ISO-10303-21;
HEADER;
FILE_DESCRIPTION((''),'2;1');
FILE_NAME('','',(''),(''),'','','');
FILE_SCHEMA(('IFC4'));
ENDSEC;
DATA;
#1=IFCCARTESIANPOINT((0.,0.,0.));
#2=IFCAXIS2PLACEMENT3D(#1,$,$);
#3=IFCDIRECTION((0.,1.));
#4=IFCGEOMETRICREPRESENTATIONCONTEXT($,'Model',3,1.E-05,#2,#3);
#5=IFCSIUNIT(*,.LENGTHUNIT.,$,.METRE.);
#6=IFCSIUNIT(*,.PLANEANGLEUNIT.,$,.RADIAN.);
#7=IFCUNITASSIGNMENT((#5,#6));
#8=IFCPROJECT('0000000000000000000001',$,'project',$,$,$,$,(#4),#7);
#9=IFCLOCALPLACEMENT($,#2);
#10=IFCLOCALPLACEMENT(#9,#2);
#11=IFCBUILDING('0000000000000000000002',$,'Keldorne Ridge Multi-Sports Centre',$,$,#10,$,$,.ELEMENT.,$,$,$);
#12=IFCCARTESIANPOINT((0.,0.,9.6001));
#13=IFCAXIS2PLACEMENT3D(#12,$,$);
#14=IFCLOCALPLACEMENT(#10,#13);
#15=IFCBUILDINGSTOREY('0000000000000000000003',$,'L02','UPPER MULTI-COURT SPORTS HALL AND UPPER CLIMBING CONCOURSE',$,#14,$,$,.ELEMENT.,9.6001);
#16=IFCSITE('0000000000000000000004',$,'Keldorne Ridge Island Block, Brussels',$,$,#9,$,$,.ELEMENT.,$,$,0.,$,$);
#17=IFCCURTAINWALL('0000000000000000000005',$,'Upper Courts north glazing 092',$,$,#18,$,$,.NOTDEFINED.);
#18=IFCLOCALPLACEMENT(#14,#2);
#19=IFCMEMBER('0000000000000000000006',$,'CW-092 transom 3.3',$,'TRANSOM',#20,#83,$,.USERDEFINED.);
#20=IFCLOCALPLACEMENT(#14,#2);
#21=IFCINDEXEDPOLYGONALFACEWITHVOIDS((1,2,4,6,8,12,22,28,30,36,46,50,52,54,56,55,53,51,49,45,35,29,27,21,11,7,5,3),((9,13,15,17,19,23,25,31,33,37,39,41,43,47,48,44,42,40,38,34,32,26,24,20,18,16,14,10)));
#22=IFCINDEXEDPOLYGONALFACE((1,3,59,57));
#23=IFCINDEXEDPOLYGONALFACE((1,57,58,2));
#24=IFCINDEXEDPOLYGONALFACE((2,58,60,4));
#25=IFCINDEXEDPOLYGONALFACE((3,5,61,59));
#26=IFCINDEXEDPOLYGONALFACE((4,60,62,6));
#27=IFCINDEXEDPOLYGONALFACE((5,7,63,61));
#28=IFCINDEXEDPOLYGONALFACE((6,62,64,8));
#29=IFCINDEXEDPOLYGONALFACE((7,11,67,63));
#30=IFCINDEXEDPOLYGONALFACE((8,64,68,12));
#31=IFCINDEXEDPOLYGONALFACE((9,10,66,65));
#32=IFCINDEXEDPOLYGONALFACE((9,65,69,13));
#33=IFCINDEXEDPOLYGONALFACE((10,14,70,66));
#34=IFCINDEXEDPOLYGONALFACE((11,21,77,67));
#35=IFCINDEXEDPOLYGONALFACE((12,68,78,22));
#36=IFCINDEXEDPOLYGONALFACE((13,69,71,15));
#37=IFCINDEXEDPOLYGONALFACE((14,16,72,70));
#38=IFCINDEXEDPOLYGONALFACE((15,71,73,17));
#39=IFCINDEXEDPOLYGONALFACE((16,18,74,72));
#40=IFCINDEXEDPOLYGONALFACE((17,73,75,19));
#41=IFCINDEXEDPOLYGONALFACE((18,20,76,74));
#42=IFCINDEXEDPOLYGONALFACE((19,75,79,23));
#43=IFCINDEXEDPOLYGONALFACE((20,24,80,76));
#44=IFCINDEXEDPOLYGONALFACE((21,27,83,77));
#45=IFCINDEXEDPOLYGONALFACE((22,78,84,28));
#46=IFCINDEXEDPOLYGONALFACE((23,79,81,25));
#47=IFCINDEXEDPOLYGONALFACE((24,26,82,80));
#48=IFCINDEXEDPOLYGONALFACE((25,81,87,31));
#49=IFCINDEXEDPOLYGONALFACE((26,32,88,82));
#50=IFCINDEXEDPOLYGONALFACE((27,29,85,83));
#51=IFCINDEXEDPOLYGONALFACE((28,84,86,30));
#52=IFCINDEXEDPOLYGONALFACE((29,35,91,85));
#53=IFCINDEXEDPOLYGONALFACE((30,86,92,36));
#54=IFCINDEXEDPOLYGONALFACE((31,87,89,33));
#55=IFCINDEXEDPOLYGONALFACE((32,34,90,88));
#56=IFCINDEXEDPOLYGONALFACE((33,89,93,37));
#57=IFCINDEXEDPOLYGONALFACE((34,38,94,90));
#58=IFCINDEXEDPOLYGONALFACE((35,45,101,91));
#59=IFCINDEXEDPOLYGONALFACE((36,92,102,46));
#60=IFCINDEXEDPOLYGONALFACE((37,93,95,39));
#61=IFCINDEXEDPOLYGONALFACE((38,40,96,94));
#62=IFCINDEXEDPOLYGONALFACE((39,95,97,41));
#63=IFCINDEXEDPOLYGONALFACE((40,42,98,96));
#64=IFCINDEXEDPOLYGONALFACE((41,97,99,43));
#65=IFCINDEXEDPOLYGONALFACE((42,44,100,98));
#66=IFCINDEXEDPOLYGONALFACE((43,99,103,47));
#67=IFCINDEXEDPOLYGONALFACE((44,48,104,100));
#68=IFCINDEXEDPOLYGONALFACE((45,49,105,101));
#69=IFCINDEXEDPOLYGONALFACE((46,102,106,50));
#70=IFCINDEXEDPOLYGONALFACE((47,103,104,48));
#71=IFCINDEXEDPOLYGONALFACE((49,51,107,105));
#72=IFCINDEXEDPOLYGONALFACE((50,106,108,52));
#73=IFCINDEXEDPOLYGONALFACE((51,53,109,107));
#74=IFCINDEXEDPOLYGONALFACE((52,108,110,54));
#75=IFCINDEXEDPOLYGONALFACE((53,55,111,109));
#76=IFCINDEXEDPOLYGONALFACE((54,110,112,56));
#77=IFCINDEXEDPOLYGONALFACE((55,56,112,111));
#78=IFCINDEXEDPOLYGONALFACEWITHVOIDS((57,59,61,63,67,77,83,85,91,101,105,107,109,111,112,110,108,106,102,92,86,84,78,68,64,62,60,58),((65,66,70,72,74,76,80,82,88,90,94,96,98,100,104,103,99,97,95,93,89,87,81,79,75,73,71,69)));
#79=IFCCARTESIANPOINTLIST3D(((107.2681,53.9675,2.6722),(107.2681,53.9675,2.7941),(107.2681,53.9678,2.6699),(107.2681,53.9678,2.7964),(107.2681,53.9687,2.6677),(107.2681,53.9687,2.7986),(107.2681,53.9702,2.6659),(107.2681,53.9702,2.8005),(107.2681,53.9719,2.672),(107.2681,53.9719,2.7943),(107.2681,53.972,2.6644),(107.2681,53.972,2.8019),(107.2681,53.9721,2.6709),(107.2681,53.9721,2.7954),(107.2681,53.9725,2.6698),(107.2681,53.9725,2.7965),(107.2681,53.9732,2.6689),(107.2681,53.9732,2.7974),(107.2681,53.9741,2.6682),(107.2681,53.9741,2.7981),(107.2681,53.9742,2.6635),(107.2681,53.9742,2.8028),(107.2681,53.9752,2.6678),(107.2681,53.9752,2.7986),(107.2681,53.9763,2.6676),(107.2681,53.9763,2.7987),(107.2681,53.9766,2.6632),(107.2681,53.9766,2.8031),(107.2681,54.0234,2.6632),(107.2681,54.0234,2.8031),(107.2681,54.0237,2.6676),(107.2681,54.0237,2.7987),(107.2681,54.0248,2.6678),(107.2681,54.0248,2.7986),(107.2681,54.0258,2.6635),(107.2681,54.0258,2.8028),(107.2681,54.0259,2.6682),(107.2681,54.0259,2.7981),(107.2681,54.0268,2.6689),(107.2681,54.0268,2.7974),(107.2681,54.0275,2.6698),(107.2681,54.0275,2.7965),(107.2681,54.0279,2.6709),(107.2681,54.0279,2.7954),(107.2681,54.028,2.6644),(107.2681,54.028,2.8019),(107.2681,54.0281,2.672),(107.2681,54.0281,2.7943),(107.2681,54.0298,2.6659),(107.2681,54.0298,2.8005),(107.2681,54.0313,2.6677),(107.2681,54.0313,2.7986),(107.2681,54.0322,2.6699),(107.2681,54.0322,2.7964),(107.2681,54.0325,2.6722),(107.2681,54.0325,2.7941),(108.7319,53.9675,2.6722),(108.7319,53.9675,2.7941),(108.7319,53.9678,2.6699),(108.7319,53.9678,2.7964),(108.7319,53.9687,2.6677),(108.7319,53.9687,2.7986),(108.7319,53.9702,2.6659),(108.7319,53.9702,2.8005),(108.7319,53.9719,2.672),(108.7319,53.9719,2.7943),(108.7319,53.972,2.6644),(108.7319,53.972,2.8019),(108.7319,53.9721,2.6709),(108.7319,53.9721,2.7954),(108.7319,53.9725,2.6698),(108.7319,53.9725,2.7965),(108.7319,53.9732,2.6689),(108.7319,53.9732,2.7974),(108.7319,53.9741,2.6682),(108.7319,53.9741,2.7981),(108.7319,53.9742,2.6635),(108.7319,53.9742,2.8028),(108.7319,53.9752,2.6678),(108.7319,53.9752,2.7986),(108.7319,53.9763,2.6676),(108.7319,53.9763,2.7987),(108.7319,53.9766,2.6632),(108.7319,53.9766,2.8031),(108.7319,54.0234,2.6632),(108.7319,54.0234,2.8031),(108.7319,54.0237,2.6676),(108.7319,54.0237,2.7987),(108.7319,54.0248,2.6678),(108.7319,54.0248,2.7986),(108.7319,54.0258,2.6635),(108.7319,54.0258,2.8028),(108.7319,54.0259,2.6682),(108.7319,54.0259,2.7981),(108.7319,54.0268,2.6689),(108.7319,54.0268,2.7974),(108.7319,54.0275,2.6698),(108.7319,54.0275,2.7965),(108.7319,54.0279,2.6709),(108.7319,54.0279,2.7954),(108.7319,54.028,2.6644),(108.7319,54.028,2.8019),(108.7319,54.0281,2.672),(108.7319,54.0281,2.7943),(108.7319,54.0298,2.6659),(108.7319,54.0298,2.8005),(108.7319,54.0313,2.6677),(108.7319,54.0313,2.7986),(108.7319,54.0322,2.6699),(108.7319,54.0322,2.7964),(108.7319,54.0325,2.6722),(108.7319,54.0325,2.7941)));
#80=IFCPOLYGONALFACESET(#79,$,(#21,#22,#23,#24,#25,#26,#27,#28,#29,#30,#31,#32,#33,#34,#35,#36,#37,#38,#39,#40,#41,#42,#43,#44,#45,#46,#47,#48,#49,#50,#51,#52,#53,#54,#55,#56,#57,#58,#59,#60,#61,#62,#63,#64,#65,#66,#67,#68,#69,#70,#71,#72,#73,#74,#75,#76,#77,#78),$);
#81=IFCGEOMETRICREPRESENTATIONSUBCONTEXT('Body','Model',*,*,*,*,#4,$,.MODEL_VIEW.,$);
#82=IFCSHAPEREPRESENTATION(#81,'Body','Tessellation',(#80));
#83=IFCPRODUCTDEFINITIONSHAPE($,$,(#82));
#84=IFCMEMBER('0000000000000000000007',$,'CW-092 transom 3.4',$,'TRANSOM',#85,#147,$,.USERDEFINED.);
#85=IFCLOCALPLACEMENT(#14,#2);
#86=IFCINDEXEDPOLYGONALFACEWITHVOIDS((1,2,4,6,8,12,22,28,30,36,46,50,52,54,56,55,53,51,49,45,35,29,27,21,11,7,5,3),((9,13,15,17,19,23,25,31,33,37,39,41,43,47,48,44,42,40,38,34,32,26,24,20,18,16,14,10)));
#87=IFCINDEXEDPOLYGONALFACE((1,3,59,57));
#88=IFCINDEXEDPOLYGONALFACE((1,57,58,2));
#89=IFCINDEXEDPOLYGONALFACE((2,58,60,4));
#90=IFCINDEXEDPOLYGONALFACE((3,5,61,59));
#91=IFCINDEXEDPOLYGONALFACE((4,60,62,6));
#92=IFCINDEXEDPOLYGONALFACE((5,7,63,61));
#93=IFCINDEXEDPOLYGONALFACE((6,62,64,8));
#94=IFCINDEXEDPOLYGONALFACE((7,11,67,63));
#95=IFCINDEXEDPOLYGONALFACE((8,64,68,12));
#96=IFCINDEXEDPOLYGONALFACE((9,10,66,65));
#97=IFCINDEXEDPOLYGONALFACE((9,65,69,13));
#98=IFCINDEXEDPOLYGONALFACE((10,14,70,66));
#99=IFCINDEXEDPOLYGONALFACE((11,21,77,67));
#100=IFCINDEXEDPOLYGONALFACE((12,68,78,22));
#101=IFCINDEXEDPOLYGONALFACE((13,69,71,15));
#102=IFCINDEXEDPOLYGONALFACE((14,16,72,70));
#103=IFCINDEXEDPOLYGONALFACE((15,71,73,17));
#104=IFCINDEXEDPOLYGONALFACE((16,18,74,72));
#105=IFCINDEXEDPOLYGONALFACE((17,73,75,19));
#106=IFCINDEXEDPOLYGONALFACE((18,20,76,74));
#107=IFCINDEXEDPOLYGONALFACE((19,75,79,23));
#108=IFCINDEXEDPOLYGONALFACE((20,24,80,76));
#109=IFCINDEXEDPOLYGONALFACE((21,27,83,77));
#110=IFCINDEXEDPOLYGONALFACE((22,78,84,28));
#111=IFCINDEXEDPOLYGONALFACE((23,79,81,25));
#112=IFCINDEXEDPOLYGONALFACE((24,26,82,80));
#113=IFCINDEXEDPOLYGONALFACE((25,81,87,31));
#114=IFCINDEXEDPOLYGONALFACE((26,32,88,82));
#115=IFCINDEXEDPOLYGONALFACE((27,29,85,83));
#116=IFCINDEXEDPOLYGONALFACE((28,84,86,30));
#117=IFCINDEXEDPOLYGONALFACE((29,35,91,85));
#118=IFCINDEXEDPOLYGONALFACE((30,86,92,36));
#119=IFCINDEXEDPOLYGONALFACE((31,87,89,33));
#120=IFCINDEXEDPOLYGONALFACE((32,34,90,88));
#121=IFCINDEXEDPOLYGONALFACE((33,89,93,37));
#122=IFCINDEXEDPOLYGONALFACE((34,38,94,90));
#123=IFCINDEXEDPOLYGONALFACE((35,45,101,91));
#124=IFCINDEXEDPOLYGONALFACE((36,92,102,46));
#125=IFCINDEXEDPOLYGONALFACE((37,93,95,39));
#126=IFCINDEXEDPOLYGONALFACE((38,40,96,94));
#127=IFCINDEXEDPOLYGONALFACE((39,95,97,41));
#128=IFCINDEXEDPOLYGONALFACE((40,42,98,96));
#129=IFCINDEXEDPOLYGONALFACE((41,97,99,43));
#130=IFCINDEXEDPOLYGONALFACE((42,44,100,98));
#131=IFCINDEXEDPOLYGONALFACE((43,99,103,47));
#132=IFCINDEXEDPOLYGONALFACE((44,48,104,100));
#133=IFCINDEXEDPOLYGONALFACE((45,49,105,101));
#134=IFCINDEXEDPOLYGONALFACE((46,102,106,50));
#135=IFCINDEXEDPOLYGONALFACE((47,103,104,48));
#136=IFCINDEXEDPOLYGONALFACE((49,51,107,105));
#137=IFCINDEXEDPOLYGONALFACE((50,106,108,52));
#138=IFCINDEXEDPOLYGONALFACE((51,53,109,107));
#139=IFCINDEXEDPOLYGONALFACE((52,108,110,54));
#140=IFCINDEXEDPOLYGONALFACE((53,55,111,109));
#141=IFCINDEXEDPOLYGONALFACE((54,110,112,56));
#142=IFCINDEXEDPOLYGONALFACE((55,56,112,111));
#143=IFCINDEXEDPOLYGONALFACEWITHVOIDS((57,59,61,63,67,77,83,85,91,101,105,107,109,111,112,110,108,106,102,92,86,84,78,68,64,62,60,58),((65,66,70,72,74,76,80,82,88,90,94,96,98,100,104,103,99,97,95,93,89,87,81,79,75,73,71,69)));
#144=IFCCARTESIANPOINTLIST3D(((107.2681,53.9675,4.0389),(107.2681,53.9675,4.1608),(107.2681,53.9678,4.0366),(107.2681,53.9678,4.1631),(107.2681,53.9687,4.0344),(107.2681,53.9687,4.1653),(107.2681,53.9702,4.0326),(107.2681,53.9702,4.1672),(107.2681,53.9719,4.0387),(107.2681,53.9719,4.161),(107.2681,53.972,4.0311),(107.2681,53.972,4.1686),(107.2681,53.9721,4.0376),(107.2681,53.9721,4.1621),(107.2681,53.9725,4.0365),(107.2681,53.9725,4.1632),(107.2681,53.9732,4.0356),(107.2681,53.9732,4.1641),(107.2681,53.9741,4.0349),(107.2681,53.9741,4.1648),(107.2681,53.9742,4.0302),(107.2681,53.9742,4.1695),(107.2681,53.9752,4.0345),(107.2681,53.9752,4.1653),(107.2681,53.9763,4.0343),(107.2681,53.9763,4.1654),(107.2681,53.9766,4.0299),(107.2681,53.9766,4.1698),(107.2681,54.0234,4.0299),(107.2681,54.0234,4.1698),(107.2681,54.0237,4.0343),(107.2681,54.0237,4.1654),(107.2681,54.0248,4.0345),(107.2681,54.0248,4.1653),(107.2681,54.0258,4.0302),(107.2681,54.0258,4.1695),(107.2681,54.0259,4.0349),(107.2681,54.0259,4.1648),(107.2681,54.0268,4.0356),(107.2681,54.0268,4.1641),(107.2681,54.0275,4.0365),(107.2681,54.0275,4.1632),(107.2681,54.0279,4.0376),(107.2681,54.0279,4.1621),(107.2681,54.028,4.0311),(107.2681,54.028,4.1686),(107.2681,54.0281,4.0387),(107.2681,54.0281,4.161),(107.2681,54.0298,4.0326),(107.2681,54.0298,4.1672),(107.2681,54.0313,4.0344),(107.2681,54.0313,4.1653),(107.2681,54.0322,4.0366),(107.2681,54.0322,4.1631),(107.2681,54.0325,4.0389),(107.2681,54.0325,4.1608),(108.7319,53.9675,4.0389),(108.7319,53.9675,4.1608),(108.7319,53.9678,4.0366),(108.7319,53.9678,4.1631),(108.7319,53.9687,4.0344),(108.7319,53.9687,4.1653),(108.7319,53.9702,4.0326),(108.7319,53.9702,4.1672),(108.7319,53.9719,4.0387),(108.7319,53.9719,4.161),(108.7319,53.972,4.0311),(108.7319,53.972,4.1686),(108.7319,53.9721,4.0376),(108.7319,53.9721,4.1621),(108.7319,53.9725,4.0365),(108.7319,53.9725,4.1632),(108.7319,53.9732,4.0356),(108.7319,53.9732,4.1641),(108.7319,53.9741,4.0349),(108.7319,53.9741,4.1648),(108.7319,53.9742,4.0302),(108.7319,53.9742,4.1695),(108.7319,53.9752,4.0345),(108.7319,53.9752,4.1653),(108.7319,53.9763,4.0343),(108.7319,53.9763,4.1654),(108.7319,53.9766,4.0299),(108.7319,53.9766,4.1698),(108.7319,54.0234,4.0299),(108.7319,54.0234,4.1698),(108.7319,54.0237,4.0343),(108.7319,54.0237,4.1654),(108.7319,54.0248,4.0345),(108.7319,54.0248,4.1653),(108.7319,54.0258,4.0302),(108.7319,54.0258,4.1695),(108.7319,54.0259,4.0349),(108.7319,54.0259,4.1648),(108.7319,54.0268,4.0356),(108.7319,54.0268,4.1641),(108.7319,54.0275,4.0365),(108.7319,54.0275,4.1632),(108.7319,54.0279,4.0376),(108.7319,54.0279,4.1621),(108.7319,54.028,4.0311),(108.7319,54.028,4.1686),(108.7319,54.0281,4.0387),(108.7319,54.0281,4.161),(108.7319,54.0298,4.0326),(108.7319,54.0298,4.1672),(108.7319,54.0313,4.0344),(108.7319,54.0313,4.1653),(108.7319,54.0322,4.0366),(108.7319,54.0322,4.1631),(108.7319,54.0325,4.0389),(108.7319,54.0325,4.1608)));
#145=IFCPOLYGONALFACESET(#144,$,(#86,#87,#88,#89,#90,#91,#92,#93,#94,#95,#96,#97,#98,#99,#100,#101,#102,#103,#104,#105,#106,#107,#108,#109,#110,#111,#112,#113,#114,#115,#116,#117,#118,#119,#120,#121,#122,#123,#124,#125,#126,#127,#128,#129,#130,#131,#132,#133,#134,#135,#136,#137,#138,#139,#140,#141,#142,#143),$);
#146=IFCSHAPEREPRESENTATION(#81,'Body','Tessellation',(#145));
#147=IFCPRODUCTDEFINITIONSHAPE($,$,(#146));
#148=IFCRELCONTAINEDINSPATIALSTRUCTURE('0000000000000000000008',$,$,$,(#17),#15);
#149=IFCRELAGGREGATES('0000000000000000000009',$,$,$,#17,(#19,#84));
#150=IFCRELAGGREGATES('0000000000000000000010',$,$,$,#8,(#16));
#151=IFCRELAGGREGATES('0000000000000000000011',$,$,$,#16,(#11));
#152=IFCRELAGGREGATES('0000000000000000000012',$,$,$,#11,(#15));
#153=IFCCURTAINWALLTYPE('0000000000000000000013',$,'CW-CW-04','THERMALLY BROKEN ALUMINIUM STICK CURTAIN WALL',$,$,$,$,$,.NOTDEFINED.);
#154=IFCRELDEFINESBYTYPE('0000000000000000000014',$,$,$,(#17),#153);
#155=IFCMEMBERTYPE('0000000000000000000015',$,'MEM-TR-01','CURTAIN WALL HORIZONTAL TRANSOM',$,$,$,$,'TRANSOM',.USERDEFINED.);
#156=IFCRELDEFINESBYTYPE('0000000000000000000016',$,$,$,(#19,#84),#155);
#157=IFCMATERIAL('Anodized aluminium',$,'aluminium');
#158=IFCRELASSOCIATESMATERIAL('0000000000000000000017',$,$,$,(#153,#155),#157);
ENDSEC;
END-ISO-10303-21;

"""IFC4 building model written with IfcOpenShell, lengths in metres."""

from ifc_helpers import new_model, si_unit, direction, frame, origin, origin_2d, place, context, subcontext, project, spatial, hollow_rectangle, extrude, material, material_profile, profile_set, type_object, element, aggregate, save


model = new_model("IFC4")

# Units and contexts
model_context = context("Model", 3, precision=1e-05, world=origin(), true_north=direction((0.0, 1.0)))
body_context = subcontext(model_context, "Body", "Model", "MODEL_VIEW")
ifc_project = project(units=[si_unit("LENGTHUNIT", "METRE"), si_unit("PLANEANGLEUNIT", "RADIAN")], contexts=[model_context])

# Site, building, storey
site_placement = place(None, origin())
site = spatial("IfcSite", under=ifc_project, at=site_placement, Name="Keldorne Ridge Island Block, Brussels", CompositionType="ELEMENT", RefElevation=0.0)
building_placement = place(site_placement, origin())
building = spatial("IfcBuilding", under=site, at=building_placement, Name="Keldorne Ridge Multi-Sports Centre", CompositionType="ELEMENT")
storey_placement = place(building_placement, frame((0.0, 0.0, 9.6001)))
storey = spatial("IfcBuildingStorey", under=building, at=storey_placement, Name="L02", Description="UPPER MULTI-COURT SPORTS HALL AND UPPER CLIMBING CONCOURSE", CompositionType="ELEMENT", Elevation=9.6001)

# Curtain wall, members
ifc_material_1 = material(Name="Anodized aluminium", Category="aluminium")
curtain_wall_type = type_object("IfcCurtainWallType", Name="CW-CW-04", Description="THERMALLY BROKEN ALUMINIUM STICK CURTAIN WALL", PredefinedType="NOTDEFINED", material=ifc_material_1)
curtain_wall_placement = place(storey_placement, origin())
curtain_wall = element("IfcCurtainWall", 1, at=curtain_wall_placement, inside=storey, type_object=curtain_wall_type, Name="Upper Courts north glazing 092", PredefinedType="NOTDEFINED")
ifc_material_profile_1 = material_profile(ifc_material_1, hollow_rectangle(XDim=0.0649, YDim=0.1399, WallThickness=0.0044, InnerFilletRadius=0.0044, OuterFilletRadius=0.009, at=origin_2d()), Name="ALU TRANSOM 140x65x4.5")
ifc_profile_set_1 = profile_set([ifc_material_profile_1], Name="Anodized aluminium")
member_type_1 = type_object("IfcMemberType", Name="MEM-TR-01", Description="CURTAIN WALL HORIZONTAL TRANSOM", ElementType="TRANSOM", PredefinedType="USERDEFINED", material=ifc_profile_set_1)
member_1_placement = place(storey_placement, frame((108.7319, 54.0, 2.7332), z_axis=(-1.0, 0.0, 0.0), x_axis=(0.0, -1.0, 0.0)))
member_1 = element("IfcMember", 2, at=member_1_placement, type_object=member_type_1, Name="CW-092 transom 3.3", ObjectType="TRANSOM", PredefinedType="USERDEFINED", context=body_context, shape_type="SweptSolid", body=[
    extrude(hollow_rectangle(XDim=0.0649, YDim=0.1399, WallThickness=0.0044, InnerFilletRadius=0.0044, OuterFilletRadius=0.009, at=origin_2d()), origin(), (0.0, 0.0, 1.0), 1.4639),
])
member_2_placement = place(storey_placement, frame((108.7319, 54.0, 4.0999), z_axis=(-1.0, 0.0, 0.0), x_axis=(0.0, -1.0, 0.0)))
member_2 = element("IfcMember", 3, at=member_2_placement, type_object=member_type_1, Name="CW-092 transom 3.4", ObjectType="TRANSOM", PredefinedType="USERDEFINED", context=body_context, shape_type="SweptSolid", body=[
    extrude(hollow_rectangle(XDim=0.0649, YDim=0.1399, WallThickness=0.0044, InnerFilletRadius=0.0044, OuterFilletRadius=0.009, at=origin_2d()), origin(), (0.0, 0.0, 1.0), 1.4639),
])
aggregate(curtain_wall, [member_1, member_2])

save(model, "model.ifc")
